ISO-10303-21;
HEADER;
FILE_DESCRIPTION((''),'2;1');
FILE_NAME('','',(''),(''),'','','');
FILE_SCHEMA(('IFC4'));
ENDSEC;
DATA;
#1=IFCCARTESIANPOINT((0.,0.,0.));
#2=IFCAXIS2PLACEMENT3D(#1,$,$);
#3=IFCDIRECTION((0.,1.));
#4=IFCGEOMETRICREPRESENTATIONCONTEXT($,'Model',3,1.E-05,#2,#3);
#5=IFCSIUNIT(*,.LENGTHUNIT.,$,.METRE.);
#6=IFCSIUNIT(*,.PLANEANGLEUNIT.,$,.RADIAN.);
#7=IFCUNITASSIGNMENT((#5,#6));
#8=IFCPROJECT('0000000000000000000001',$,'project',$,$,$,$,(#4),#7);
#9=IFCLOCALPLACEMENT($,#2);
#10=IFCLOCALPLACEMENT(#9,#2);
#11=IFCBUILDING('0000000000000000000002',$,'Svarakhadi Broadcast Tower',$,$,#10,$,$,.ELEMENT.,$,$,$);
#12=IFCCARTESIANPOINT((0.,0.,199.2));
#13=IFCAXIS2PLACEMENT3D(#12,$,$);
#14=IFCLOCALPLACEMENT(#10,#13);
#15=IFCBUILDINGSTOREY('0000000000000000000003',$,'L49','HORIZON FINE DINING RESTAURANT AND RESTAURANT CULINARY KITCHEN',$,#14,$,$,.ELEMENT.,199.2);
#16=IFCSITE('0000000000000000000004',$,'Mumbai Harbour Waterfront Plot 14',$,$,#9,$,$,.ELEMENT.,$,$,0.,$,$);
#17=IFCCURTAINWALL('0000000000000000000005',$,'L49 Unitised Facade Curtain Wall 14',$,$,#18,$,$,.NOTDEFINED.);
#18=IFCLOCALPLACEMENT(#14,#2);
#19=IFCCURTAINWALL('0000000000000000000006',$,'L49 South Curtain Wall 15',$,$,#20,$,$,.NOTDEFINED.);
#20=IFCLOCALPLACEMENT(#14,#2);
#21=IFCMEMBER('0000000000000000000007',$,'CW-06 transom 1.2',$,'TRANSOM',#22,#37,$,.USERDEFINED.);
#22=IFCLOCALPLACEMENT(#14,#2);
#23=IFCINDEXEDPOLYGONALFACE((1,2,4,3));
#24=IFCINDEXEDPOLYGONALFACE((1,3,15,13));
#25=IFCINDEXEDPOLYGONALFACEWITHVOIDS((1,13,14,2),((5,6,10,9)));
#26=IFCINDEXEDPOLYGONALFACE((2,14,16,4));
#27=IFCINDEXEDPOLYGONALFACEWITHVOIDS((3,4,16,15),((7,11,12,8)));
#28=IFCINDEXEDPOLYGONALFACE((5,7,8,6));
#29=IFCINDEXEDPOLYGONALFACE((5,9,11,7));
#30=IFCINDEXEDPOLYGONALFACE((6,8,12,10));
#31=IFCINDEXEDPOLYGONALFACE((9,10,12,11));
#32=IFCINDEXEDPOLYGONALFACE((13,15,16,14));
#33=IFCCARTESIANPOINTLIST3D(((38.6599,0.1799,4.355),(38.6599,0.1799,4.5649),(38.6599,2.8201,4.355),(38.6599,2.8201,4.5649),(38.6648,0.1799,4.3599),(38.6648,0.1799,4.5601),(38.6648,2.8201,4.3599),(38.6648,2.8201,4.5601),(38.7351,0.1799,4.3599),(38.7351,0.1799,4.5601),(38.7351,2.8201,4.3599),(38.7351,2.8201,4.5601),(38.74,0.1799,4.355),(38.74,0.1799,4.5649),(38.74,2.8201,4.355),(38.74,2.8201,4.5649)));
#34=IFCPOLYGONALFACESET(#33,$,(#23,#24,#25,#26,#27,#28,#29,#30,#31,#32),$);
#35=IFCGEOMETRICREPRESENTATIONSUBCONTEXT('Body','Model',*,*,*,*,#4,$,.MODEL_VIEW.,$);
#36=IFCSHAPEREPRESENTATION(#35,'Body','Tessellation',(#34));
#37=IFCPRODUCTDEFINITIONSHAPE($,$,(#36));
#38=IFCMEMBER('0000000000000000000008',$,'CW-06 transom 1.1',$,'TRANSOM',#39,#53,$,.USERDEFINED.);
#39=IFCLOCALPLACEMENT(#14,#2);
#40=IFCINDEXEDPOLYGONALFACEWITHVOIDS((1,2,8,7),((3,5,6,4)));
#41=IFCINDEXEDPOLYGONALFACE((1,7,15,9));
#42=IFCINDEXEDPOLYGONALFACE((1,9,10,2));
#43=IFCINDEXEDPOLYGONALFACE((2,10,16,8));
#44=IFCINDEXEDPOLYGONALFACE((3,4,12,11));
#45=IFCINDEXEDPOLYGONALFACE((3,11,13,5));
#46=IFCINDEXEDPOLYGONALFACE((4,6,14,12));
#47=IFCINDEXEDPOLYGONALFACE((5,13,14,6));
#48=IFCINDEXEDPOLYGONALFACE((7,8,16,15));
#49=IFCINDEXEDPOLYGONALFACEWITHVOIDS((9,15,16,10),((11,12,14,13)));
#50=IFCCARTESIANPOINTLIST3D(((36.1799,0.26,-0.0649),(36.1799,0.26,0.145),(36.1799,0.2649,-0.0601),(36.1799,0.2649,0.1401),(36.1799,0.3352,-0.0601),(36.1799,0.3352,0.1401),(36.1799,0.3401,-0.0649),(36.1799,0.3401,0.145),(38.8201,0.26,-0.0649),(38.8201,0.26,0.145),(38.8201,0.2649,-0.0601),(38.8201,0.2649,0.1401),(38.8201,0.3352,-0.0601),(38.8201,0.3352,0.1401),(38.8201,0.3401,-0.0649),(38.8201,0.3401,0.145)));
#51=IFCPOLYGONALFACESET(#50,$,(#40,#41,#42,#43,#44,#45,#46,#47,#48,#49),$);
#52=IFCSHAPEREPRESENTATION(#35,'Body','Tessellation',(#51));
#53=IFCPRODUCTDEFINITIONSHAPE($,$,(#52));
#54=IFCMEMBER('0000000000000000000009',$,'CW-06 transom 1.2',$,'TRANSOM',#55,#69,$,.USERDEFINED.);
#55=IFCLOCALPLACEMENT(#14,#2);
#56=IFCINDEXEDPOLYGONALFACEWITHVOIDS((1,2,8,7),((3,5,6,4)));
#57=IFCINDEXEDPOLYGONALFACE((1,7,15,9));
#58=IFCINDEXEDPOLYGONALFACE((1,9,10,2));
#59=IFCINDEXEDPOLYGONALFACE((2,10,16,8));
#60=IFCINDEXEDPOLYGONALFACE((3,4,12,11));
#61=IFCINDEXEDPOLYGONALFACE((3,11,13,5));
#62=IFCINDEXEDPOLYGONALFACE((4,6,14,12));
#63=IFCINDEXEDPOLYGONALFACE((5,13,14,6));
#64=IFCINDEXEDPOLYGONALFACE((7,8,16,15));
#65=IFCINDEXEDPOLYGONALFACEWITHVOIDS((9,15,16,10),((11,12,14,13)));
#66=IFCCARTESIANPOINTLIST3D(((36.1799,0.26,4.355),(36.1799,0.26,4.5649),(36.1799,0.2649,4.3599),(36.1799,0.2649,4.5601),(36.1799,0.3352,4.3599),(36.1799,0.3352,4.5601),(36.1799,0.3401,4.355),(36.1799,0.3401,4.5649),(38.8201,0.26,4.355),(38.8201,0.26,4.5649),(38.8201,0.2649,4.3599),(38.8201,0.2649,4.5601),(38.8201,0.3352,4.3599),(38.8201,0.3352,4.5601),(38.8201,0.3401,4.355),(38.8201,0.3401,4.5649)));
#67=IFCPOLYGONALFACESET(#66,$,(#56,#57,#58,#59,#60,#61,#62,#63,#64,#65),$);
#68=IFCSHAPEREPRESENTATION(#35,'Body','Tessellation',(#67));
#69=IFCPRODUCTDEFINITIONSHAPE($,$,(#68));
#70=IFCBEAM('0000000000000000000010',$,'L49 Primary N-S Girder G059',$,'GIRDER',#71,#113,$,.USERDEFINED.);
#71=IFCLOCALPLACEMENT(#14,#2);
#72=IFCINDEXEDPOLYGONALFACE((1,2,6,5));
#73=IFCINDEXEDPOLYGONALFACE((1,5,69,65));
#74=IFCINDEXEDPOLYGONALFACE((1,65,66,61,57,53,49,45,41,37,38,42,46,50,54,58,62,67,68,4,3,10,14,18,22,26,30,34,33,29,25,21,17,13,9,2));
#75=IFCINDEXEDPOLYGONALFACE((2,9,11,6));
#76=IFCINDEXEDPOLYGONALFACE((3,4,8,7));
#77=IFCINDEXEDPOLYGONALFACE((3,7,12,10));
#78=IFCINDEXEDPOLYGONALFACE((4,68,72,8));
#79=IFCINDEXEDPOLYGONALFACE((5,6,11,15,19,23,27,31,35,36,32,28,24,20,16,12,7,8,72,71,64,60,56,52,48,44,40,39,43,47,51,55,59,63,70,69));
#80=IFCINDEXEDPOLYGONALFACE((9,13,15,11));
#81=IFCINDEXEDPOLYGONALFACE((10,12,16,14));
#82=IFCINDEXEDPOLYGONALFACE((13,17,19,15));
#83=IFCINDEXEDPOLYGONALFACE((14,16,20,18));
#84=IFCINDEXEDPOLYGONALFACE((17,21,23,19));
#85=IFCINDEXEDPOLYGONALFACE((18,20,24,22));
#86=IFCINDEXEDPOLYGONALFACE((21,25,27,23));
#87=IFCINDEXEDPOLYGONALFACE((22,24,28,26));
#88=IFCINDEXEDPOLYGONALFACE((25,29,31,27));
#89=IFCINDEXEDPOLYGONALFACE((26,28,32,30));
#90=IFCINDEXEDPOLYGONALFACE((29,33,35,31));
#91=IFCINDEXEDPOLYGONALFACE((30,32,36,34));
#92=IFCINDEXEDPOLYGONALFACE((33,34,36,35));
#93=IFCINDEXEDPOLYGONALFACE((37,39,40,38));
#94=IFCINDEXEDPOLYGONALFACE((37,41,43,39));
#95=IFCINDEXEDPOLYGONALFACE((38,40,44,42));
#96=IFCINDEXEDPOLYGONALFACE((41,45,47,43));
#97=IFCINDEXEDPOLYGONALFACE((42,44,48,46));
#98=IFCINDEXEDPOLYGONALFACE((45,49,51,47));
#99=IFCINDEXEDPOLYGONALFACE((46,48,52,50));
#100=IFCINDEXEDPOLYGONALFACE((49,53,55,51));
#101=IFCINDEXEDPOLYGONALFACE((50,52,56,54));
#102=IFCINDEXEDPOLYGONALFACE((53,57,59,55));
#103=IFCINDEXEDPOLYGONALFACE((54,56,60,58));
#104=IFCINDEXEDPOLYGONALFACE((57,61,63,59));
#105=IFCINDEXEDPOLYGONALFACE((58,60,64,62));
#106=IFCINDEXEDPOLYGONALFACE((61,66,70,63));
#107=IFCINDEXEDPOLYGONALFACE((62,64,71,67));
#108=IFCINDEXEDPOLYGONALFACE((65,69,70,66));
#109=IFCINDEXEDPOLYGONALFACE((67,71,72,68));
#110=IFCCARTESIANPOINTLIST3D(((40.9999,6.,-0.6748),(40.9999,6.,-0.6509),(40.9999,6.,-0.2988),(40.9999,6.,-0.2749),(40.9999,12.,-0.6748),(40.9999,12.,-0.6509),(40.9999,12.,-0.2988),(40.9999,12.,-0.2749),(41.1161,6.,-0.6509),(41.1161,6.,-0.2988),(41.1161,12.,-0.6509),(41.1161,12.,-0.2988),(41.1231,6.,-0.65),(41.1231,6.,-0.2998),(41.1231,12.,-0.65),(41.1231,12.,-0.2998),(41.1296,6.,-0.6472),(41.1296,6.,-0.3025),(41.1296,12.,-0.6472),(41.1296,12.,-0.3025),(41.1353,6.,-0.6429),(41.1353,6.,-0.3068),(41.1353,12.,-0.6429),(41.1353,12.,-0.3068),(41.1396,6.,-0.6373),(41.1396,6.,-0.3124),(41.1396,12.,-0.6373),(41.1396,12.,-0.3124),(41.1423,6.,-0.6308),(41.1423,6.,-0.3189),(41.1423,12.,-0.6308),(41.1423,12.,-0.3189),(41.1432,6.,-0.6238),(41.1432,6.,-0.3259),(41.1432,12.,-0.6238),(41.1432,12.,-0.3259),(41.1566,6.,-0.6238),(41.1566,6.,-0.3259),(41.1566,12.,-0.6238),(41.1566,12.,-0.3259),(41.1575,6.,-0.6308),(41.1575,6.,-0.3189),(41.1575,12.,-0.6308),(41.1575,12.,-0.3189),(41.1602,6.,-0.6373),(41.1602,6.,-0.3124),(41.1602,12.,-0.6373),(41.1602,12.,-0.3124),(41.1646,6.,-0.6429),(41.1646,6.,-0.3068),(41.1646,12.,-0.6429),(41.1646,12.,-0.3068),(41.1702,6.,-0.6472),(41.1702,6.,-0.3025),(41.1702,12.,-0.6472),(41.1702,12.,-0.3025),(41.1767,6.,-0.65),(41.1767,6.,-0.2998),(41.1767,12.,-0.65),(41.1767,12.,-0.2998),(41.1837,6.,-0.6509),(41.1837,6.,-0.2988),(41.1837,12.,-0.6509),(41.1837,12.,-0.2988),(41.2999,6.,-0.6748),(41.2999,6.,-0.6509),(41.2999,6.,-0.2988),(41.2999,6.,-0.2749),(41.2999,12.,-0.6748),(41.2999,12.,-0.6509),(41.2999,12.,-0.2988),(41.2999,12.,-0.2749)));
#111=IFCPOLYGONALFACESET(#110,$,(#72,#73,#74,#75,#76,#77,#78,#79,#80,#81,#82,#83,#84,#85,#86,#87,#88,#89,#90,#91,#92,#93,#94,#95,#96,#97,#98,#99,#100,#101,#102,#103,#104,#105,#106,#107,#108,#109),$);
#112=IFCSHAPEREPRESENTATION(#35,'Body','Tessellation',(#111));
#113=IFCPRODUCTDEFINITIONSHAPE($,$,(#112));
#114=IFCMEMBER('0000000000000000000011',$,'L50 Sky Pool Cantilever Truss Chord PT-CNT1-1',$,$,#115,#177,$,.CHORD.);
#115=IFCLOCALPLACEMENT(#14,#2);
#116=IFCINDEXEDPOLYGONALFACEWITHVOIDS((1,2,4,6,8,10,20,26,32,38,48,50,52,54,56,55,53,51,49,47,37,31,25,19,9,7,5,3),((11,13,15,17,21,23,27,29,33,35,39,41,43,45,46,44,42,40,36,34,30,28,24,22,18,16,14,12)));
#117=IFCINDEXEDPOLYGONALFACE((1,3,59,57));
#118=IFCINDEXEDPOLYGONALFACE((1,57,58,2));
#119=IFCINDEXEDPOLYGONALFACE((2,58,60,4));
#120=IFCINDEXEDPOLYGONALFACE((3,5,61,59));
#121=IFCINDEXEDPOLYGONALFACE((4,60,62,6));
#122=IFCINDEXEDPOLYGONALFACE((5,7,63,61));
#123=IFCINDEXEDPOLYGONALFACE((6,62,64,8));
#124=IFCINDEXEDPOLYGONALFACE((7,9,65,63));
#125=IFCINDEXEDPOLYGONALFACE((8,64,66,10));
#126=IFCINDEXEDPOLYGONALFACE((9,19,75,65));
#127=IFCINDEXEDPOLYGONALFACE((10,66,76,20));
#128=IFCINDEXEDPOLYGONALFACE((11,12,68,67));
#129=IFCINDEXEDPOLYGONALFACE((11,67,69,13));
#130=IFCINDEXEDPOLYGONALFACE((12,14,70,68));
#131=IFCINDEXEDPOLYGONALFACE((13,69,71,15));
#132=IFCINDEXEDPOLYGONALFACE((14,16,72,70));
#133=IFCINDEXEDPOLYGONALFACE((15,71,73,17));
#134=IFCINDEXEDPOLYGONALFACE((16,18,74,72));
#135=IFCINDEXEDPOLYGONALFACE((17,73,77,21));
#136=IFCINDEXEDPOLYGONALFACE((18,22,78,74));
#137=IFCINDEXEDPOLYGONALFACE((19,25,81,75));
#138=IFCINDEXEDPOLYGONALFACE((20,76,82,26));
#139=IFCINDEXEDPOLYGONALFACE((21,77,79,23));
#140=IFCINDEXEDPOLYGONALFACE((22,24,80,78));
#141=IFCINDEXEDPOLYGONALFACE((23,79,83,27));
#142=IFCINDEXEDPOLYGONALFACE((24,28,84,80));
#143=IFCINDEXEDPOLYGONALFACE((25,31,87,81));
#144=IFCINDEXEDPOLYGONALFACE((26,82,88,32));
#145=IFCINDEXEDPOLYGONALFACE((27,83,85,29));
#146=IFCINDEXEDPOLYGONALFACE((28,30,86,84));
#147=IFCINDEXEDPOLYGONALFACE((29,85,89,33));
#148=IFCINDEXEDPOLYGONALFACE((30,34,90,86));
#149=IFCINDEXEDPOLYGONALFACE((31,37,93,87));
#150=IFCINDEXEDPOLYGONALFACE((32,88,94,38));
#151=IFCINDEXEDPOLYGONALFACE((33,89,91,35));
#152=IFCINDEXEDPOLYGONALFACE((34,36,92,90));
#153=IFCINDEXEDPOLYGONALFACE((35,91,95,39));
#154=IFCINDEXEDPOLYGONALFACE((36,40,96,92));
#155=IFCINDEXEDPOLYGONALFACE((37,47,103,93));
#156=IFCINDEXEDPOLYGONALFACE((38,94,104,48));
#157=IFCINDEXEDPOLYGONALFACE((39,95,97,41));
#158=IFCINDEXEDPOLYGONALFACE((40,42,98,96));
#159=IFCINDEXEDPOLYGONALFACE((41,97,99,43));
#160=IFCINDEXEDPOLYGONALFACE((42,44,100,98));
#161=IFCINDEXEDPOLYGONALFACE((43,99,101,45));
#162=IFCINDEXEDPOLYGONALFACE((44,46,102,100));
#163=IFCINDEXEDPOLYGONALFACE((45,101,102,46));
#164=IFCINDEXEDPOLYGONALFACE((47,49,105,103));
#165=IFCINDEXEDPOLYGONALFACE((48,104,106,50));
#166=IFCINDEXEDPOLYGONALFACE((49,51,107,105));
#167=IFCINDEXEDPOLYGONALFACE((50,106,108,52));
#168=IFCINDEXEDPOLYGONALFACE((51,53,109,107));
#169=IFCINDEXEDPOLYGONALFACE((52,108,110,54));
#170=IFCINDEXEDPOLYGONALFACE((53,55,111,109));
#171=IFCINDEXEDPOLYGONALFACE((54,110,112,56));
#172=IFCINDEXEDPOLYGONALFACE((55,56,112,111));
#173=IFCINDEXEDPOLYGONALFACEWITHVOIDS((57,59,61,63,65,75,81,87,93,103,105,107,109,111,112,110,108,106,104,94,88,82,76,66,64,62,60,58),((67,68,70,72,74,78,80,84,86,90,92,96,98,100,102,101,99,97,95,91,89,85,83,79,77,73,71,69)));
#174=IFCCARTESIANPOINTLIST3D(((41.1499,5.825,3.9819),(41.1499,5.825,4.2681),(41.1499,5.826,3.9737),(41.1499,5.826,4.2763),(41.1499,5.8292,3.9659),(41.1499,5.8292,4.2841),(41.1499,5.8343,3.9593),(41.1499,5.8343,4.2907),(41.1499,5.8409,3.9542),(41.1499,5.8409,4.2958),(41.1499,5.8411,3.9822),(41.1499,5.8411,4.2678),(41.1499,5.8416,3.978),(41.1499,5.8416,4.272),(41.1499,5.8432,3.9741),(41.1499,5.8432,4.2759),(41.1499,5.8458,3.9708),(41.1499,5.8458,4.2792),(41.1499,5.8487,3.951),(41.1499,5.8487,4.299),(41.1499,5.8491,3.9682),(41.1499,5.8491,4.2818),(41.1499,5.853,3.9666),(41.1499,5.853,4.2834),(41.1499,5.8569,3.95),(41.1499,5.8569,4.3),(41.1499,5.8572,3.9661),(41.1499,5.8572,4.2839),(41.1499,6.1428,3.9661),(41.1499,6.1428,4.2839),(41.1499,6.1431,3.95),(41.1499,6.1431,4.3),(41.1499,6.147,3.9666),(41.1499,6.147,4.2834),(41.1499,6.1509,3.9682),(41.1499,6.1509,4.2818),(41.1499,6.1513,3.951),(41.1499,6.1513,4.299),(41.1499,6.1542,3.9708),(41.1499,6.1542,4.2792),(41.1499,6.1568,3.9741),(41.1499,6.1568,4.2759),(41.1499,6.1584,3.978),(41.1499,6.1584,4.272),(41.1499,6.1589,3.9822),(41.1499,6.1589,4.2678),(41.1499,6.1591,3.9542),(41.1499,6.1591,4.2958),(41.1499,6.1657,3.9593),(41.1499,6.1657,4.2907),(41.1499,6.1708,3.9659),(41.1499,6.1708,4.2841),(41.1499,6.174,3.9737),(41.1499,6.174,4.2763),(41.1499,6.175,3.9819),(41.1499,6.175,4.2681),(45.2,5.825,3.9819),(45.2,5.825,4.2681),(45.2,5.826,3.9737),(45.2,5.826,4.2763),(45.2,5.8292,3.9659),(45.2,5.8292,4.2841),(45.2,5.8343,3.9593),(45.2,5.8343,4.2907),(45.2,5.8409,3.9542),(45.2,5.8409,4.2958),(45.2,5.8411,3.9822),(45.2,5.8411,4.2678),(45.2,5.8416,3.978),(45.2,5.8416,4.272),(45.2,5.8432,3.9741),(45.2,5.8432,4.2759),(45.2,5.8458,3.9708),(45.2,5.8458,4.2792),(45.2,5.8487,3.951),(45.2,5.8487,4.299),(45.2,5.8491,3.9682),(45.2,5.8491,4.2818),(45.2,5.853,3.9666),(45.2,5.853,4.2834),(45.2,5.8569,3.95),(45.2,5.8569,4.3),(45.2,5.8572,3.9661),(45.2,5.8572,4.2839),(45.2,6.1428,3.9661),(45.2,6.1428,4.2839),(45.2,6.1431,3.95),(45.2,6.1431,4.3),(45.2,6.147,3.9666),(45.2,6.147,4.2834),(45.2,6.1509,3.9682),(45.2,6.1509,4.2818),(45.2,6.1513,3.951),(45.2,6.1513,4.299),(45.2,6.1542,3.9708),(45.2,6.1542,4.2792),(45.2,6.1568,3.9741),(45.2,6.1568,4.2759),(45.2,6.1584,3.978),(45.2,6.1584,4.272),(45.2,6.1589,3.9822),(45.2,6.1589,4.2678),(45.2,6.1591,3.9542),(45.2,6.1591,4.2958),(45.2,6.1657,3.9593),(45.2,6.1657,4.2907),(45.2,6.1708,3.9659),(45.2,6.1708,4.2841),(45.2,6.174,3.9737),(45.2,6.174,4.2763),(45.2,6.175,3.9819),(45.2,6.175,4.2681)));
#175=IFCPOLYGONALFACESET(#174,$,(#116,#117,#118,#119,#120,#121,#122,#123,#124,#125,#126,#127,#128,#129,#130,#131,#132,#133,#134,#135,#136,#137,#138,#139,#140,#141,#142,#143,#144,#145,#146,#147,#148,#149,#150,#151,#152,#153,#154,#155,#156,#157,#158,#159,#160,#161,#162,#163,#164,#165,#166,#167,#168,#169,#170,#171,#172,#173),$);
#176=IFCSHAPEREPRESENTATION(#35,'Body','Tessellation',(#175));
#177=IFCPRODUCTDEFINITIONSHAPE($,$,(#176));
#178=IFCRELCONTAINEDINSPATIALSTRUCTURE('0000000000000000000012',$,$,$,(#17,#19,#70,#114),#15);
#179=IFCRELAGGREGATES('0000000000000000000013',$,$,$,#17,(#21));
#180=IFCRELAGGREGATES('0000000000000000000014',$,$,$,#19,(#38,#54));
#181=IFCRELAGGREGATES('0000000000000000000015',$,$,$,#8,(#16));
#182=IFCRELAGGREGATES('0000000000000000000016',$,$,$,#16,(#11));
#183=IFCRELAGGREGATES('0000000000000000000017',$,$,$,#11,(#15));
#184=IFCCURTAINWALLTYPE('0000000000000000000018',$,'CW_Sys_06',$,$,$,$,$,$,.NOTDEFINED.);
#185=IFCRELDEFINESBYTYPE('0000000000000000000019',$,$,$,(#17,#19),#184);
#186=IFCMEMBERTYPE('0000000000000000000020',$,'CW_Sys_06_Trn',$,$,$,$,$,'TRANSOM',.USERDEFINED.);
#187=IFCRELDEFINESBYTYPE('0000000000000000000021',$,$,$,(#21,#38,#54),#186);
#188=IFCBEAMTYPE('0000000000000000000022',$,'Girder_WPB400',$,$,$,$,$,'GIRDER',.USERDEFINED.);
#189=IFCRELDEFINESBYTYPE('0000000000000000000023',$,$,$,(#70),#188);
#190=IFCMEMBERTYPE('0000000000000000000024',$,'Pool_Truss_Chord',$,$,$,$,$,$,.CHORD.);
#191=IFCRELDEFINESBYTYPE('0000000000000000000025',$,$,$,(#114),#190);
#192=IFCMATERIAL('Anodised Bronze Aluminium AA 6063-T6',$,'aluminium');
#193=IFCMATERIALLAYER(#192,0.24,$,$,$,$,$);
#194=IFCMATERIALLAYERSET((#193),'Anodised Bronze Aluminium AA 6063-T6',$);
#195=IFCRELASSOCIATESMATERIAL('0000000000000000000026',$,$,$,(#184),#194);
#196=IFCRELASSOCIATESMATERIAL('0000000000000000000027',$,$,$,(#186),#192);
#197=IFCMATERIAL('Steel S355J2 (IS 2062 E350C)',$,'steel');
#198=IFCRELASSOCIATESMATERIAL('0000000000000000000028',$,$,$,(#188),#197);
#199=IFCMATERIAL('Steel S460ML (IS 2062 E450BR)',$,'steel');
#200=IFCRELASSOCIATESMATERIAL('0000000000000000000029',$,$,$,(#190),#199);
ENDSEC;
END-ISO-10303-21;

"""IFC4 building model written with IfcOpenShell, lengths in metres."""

from ifc_helpers import new_model, si_unit, direction, frame, origin, origin_2d, place, context, subcontext, project, spatial, hollow_rectangle, i_section, extrude, material, layer, layer_set, material_profile, profile_set, type_object, element, aggregate, save


model = new_model("IFC4")

# Units and contexts
model_context = context("Model", 3, precision=1e-05, world=origin(), true_north=direction((0.0, 1.0)))
body_context = subcontext(model_context, "Body", "Model", "MODEL_VIEW")
ifc_project = project(units=[si_unit("LENGTHUNIT", "METRE"), si_unit("PLANEANGLEUNIT", "RADIAN")], contexts=[model_context])

# Site, building, storey
site_placement = place(None, origin())
site = spatial("IfcSite", under=ifc_project, at=site_placement, Name="Mumbai Harbour Waterfront Plot 14", CompositionType="ELEMENT", RefElevation=0.0)
building_placement = place(site_placement, origin())
building = spatial("IfcBuilding", under=site, at=building_placement, Name="Svarakhadi Broadcast Tower", CompositionType="ELEMENT")
storey_placement = place(building_placement, frame((0.0, 0.0, 199.2)))
storey = spatial("IfcBuildingStorey", under=building, at=storey_placement, Name="L49", Description="HORIZON FINE DINING RESTAURANT AND RESTAURANT CULINARY KITCHEN", CompositionType="ELEMENT", Elevation=199.2)

# Shared definitions
ifc_material_1 = material(Name="Steel S460ML (IS 2062 E450BR)", Category="steel")

# Curtain wall
ifc_material_2 = material(Name="Anodised Bronze Aluminium AA 6063-T6", Category="aluminium")
ifc_layer_1 = layer(ifc_material_2, 0.24)
ifc_layer_set_1 = layer_set([ifc_layer_1], Name="Anodised Bronze Aluminium AA 6063-T6")
curtain_wall_type = type_object("IfcCurtainWallType", Name="CW_Sys_06", PredefinedType="NOTDEFINED", material=ifc_layer_set_1)
curtain_wall_1_placement = place(storey_placement, origin())
curtain_wall_1 = element("IfcCurtainWall", 1, at=curtain_wall_1_placement, inside=storey, type_object=curtain_wall_type, Name="L49 Unitised Facade Curtain Wall 14", PredefinedType="NOTDEFINED")

# Curtain wall
curtain_wall_2_placement = place(storey_placement, origin())
curtain_wall_2 = element("IfcCurtainWall", 2, at=curtain_wall_2_placement, inside=storey, type_object=curtain_wall_type, Name="L49 South Curtain Wall 15", PredefinedType="NOTDEFINED")

# Members
ifc_material_profile_1 = material_profile(ifc_material_2, hollow_rectangle(XDim=0.0801, YDim=0.21, WallThickness=0.0049, at=origin_2d()), Name="ALU TRANSOM 210x80x5")
ifc_profile_set_1 = profile_set([ifc_material_profile_1], Name="Anodised Bronze Aluminium AA 6063-T6")
member_type_1 = type_object("IfcMemberType", Name="CW_Sys_06_Trn", ElementType="TRANSOM", PredefinedType="USERDEFINED", material=ifc_profile_set_1)
member_1_placement = place(storey_placement, frame((38.7, 2.8201, 4.46), z_axis=(0.0, -1.0, 0.0), x_axis=(1.0, 0.0, 0.0)))
member_1 = element("IfcMember", 3, at=member_1_placement, type_object=member_type_1, Name="CW-06 transom 1.2", ObjectType="TRANSOM", PredefinedType="USERDEFINED", context=body_context, shape_type="SweptSolid", body=[
    extrude(hollow_rectangle(XDim=0.0801, YDim=0.21, WallThickness=0.0049, at=origin_2d()), origin(), (0.0, 0.0, 1.0), 2.6401),
])
member_2_placement = place(storey_placement, frame((38.8201, 0.3, 0.04), z_axis=(-1.0, 0.0, 0.0), x_axis=(0.0, -1.0, 0.0)))
member_2 = element("IfcMember", 4, at=member_2_placement, type_object=member_type_1, Name="CW-06 transom 1.1", ObjectType="TRANSOM", PredefinedType="USERDEFINED", context=body_context, shape_type="SweptSolid", body=[
    extrude(hollow_rectangle(XDim=0.0801, YDim=0.21, WallThickness=0.0049, at=origin_2d()), origin(), (0.0, 0.0, 1.0), 2.6401),
])
member_3_placement = place(storey_placement, frame((38.8201, 0.3, 4.46), z_axis=(-1.0, 0.0, 0.0), x_axis=(0.0, -1.0, 0.0)))
member_3 = element("IfcMember", 5, at=member_3_placement, type_object=member_type_1, Name="CW-06 transom 1.2", ObjectType="TRANSOM", PredefinedType="USERDEFINED", context=body_context, shape_type="SweptSolid", body=[
    extrude(hollow_rectangle(XDim=0.0801, YDim=0.21, WallThickness=0.0049, at=origin_2d()), origin(), (0.0, 0.0, 1.0), 2.6401),
])

# Beam
ifc_material_3 = material(Name="Steel S355J2 (IS 2062 E350C)", Category="steel")
ifc_material_profile_2 = material_profile(ifc_material_3, i_section(OverallWidth=0.3, OverallDepth=0.3999, WebThickness=0.0134, FlangeThickness=0.0239, FilletRadius=0.0271, at=origin_2d()), Name="WPB 400x300x155")
ifc_profile_set_2 = profile_set([ifc_material_profile_2], Name="Steel S355J2 (IS 2062 E350C)")
beam_type = type_object("IfcBeamType", Name="Girder_WPB400", ElementType="GIRDER", PredefinedType="USERDEFINED", material=ifc_profile_set_2)
beam_placement = place(storey_placement, frame((41.1499, 6.0, -0.4749), z_axis=(0.0, 1.0, 0.0), x_axis=(-1.0, 0.0, 0.0)))
element("IfcBeam", 6, at=beam_placement, inside=storey, type_object=beam_type, Name="L49 Primary N-S Girder G059", ObjectType="GIRDER", PredefinedType="USERDEFINED", context=body_context, shape_type="SweptSolid", body=[
    extrude(i_section(OverallWidth=0.3, OverallDepth=0.3999, WebThickness=0.0134, FlangeThickness=0.0239, FilletRadius=0.0271, at=origin_2d()), origin(), (0.0, 0.0, 1.0), 6.0),
])

# Member
ifc_material_profile_3 = material_profile(ifc_material_1, hollow_rectangle(XDim=0.3501, YDim=0.3501, WallThickness=0.0161, InnerFilletRadius=0.0161, OuterFilletRadius=0.032, at=origin_2d()), Name="SHS 350x350x16")
ifc_profile_set_3 = profile_set([ifc_material_profile_3], Name="Steel S460ML (IS 2062 E450BR)")
member_type_2 = type_object("IfcMemberType", Name="Pool_Truss_Chord", PredefinedType="CHORD", material=ifc_profile_set_3)
member_4_placement = place(storey_placement, frame((41.1499, 6.0, 4.125), z_axis=(1.0, 0.0, 0.0), x_axis=(0.0, 1.0, 0.0)))
element("IfcMember", 7, at=member_4_placement, inside=storey, type_object=member_type_2, Name="L50 Sky Pool Cantilever Truss Chord PT-CNT1-1", PredefinedType="CHORD", context=body_context, shape_type="SweptSolid", body=[
    extrude(hollow_rectangle(XDim=0.3501, YDim=0.3501, WallThickness=0.0161, InnerFilletRadius=0.0161, OuterFilletRadius=0.032, at=origin_2d()), origin(), (0.0, 0.0, 1.0), 4.05),
])

aggregate(curtain_wall_1, [member_1])
aggregate(curtain_wall_2, [member_2, member_3])

save(model, "model.ifc")
